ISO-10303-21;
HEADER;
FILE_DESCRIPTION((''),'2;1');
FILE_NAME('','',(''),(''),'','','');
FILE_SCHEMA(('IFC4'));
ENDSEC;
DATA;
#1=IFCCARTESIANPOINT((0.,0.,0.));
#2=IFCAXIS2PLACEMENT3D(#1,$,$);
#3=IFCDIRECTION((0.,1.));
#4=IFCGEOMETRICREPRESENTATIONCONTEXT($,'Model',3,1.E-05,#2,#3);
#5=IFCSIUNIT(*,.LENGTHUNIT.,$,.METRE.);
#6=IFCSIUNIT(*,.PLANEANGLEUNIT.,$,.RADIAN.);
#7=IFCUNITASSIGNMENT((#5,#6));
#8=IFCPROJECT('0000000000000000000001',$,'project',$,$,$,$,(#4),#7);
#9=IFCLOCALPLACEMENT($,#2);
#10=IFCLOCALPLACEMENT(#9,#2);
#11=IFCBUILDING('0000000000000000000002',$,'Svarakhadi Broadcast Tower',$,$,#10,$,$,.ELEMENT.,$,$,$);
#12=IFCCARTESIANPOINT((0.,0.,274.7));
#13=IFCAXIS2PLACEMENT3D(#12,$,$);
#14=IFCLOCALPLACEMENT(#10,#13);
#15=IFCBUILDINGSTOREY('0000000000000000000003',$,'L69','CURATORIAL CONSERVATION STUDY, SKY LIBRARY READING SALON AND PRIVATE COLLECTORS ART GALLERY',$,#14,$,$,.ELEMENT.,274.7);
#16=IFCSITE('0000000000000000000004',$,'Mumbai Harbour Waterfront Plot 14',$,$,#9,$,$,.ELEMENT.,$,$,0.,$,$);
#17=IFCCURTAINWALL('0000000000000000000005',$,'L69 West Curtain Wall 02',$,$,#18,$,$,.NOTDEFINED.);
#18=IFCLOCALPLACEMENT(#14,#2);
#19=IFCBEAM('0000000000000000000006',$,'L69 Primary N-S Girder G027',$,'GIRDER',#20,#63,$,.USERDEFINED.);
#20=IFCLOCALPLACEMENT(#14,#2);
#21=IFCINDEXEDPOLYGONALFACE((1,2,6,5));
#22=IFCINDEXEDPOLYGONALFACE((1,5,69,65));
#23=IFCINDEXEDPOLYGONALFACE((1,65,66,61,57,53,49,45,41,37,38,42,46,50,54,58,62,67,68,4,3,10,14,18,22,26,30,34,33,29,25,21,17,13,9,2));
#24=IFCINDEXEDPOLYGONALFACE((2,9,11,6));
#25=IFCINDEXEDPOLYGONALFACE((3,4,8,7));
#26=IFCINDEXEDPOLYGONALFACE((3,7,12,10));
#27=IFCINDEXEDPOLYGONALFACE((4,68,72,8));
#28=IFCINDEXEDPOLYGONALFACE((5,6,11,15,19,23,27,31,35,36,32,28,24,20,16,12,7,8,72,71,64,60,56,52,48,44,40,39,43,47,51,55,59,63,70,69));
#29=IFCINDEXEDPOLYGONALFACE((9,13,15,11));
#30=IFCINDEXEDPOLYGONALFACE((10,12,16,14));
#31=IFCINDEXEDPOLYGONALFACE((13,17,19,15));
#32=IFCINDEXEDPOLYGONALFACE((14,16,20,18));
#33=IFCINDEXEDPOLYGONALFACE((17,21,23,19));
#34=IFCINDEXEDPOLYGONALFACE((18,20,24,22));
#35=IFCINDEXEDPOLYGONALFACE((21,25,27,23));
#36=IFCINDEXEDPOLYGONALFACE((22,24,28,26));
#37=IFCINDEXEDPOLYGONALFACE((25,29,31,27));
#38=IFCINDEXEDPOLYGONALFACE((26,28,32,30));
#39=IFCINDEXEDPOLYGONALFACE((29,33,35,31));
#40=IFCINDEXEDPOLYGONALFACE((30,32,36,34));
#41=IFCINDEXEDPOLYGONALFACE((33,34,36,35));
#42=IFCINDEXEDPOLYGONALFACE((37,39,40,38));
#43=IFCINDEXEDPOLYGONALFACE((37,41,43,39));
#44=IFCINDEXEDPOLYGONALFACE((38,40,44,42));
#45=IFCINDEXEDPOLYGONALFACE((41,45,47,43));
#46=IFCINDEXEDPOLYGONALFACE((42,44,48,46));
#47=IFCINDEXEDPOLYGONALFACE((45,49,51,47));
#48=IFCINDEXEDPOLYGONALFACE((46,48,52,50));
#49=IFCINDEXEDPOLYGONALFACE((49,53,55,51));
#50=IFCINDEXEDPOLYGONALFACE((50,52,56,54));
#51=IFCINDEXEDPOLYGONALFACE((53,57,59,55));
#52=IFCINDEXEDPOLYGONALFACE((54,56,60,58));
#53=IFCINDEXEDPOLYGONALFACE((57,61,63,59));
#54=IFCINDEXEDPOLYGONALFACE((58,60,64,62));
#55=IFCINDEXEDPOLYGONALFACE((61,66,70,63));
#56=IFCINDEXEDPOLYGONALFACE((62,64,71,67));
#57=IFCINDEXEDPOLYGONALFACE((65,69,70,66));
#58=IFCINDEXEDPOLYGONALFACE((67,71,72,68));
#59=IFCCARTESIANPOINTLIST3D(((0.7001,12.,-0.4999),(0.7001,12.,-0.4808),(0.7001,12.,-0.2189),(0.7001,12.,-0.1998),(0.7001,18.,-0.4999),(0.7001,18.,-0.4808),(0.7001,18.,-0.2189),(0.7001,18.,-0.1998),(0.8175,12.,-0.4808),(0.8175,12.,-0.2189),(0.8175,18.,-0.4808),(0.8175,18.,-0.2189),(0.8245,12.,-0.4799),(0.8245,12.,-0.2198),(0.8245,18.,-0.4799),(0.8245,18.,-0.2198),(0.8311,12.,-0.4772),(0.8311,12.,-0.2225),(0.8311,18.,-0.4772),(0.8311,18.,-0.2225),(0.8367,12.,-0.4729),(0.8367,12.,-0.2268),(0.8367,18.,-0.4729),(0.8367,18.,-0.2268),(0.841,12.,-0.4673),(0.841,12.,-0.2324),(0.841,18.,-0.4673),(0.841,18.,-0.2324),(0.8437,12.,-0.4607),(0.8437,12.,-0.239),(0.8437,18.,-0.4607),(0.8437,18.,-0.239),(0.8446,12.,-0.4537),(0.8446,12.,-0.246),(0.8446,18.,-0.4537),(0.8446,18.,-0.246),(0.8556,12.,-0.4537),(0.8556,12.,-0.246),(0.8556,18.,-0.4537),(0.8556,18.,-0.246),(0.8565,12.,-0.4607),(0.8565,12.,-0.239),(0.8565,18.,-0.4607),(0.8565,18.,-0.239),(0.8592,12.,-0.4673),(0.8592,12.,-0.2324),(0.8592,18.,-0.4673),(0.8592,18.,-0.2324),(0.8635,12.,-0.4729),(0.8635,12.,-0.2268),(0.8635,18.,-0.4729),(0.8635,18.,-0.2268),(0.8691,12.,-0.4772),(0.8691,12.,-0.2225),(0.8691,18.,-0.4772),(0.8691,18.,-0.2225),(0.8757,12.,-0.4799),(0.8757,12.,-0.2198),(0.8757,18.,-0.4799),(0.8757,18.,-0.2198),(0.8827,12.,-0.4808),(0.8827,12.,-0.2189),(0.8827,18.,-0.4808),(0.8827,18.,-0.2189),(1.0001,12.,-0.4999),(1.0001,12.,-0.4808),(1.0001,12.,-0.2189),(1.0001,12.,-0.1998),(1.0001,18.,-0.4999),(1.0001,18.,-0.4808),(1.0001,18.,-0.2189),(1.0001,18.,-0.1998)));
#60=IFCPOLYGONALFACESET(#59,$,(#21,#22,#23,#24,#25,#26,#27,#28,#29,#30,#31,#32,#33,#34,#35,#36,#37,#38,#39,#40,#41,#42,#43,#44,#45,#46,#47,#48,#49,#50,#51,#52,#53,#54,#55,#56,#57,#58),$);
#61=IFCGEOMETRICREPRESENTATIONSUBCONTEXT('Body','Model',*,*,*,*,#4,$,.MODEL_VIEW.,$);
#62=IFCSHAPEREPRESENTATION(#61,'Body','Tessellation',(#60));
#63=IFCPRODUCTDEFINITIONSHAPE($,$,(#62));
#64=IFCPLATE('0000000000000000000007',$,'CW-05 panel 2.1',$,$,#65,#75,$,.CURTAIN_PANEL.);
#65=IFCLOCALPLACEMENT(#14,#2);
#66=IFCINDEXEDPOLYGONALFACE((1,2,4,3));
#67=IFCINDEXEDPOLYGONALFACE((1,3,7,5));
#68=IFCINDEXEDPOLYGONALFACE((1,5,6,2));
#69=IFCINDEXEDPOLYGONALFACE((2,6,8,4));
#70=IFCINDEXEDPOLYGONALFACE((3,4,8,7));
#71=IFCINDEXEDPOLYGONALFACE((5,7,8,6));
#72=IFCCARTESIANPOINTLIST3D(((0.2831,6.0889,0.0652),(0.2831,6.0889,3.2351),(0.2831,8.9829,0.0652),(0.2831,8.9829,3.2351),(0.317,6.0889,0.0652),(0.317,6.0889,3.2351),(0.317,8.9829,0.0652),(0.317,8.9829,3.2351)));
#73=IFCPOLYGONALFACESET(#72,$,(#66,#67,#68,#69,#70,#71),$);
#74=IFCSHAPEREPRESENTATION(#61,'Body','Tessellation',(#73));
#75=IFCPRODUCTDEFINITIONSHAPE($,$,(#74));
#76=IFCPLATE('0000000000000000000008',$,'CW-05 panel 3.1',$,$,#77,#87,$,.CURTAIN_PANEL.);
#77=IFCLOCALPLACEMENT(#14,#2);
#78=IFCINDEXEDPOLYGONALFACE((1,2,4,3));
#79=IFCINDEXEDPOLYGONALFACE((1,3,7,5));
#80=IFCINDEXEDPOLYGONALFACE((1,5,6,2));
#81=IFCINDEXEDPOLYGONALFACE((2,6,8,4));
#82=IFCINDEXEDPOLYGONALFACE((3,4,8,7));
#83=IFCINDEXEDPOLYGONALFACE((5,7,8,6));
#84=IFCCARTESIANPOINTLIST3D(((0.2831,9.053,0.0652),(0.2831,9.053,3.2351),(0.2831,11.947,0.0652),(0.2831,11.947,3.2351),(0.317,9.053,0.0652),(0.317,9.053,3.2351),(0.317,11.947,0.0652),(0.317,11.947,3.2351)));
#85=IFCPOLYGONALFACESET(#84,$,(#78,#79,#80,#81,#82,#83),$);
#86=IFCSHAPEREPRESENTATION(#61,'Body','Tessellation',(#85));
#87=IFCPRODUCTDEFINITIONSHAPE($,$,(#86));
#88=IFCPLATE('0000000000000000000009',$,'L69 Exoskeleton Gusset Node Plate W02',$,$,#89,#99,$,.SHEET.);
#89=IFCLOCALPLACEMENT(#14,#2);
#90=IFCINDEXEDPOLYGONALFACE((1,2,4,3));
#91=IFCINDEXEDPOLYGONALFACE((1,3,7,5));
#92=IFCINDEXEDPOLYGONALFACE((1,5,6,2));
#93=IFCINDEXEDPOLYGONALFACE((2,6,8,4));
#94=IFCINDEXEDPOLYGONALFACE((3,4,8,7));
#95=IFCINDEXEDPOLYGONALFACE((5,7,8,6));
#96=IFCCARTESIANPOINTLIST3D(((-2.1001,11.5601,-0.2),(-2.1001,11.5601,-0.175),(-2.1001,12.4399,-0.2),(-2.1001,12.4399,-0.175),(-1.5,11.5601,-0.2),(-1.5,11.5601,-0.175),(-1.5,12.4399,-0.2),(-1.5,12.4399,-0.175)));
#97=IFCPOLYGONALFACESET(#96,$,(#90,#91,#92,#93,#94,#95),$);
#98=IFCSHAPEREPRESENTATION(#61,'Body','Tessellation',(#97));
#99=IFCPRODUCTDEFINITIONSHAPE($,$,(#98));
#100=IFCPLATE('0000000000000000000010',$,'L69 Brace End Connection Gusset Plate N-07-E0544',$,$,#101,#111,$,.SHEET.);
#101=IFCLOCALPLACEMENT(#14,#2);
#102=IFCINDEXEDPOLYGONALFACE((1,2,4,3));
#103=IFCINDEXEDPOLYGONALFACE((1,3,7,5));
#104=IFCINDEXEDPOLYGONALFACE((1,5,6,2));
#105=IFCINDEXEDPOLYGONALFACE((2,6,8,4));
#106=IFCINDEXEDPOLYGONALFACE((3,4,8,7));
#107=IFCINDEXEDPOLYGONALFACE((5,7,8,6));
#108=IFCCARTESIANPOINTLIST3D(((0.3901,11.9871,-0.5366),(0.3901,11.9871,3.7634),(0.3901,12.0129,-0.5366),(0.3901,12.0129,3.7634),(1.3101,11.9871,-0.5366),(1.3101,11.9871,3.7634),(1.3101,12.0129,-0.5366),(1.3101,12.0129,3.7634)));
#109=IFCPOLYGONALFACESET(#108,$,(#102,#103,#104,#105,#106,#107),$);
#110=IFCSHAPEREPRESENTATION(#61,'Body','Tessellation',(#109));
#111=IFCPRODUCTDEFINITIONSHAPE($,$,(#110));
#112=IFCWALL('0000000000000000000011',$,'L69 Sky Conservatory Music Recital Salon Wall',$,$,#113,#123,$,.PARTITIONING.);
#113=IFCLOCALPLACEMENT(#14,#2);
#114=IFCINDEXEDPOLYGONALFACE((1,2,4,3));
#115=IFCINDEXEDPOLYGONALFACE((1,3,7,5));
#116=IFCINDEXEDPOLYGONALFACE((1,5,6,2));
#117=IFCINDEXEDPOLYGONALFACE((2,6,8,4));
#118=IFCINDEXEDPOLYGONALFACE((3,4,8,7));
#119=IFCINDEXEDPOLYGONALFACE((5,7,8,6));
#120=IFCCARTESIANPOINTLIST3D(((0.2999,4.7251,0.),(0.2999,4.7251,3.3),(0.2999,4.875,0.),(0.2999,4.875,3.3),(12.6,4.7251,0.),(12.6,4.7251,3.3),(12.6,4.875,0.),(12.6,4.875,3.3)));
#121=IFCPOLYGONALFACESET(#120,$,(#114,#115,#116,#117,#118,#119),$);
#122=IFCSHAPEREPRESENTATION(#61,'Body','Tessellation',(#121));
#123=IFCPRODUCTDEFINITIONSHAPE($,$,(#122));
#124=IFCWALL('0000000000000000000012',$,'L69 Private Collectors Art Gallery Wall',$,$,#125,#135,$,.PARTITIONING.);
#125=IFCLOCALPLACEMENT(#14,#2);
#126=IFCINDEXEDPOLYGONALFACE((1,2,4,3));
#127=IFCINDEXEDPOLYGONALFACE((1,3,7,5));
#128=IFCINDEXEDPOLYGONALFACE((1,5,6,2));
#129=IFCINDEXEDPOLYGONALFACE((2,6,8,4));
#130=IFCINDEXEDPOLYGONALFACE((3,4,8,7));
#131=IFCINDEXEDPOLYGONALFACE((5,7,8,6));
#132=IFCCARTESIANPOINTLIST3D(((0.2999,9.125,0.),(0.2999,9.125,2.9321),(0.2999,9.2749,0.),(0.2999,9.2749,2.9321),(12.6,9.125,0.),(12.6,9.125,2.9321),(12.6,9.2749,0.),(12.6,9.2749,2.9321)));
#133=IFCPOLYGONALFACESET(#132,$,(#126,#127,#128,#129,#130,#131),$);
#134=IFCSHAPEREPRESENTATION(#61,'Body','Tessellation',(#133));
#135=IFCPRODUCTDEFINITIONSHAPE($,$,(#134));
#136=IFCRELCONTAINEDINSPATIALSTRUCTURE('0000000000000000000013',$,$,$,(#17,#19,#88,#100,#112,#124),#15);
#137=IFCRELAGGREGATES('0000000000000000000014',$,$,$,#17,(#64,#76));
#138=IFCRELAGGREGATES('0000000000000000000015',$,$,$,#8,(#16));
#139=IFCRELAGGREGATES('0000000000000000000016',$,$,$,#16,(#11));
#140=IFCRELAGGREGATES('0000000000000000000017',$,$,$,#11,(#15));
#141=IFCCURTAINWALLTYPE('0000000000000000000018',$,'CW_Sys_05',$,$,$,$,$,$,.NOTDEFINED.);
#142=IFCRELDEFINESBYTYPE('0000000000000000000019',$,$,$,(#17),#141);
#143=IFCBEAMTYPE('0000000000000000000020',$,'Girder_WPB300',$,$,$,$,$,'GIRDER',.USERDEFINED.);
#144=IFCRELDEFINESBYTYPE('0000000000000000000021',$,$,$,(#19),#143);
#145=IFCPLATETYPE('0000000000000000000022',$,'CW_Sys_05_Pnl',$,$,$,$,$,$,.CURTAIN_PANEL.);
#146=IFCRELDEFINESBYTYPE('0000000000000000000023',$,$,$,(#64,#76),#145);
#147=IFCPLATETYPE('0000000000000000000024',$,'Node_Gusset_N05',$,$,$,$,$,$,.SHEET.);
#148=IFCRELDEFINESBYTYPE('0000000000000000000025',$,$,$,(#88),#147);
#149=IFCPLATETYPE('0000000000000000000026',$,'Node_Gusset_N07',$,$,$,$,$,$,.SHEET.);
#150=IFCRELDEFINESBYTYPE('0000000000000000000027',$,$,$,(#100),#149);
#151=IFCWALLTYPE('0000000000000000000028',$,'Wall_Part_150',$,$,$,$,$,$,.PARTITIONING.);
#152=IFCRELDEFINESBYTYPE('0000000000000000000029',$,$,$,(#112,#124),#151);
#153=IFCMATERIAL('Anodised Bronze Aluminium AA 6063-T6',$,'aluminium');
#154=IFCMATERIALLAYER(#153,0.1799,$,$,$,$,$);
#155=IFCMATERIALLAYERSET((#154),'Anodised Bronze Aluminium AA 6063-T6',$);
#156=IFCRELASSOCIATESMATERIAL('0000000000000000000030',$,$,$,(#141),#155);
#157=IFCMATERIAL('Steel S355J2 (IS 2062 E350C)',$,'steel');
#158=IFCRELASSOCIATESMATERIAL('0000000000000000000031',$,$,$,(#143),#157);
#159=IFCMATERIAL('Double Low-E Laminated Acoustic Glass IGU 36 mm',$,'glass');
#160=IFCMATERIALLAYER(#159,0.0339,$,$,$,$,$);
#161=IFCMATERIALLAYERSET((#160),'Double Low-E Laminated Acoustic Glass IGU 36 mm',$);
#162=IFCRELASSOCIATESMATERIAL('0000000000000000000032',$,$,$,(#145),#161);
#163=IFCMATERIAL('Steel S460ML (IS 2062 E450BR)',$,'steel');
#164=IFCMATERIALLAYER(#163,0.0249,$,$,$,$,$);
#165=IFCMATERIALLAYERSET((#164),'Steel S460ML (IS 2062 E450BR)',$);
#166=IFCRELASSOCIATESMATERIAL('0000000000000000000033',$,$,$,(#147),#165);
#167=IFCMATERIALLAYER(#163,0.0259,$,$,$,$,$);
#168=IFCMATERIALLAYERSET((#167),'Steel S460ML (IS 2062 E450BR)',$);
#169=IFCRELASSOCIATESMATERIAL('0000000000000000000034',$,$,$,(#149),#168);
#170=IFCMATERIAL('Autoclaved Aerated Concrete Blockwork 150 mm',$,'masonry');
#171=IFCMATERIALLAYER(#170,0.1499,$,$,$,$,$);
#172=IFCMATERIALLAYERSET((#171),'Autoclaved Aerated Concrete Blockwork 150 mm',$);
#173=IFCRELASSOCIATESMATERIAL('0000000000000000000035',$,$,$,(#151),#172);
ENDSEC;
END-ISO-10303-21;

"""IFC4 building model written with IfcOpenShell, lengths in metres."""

from ifc_helpers import new_model, si_unit, direction, frame, frame_2d, origin, origin_2d, place, context, subcontext, project, spatial, rectangle, i_section, extrude, material, layer, layer_set, material_profile, profile_set, type_object, element, aggregate, save


model = new_model("IFC4")

# Units and contexts
model_context = context("Model", 3, precision=1e-05, world=origin(), true_north=direction((0.0, 1.0)))
body_context = subcontext(model_context, "Body", "Model", "MODEL_VIEW")
ifc_project = project(units=[si_unit("LENGTHUNIT", "METRE"), si_unit("PLANEANGLEUNIT", "RADIAN")], contexts=[model_context])

# Site, building, storey
site_placement = place(None, origin())
site = spatial("IfcSite", under=ifc_project, at=site_placement, Name="Mumbai Harbour Waterfront Plot 14", CompositionType="ELEMENT", RefElevation=0.0)
building_placement = place(site_placement, origin())
building = spatial("IfcBuilding", under=site, at=building_placement, Name="Svarakhadi Broadcast Tower", CompositionType="ELEMENT")
storey_placement = place(building_placement, frame((0.0, 0.0, 274.7)))
storey = spatial("IfcBuildingStorey", under=building, at=storey_placement, Name="L69", Description="CURATORIAL CONSERVATION STUDY, SKY LIBRARY READING SALON AND PRIVATE COLLECTORS ART GALLERY", CompositionType="ELEMENT", Elevation=274.7)

# Shared definitions
ifc_material_1 = material(Name="Steel S460ML (IS 2062 E450BR)", Category="steel")

# Shared definitions
ifc_material_2 = material(Name="Steel S355J2 (IS 2062 E350C)", Category="steel")

# Curtain wall
ifc_material_3 = material(Name="Anodised Bronze Aluminium AA 6063-T6", Category="aluminium")
ifc_layer_1 = layer(ifc_material_3, 0.1799)
ifc_layer_set_1 = layer_set([ifc_layer_1], Name="Anodised Bronze Aluminium AA 6063-T6")
curtain_wall_type = type_object("IfcCurtainWallType", Name="CW_Sys_05", PredefinedType="NOTDEFINED", material=ifc_layer_set_1)
curtain_wall_placement = place(storey_placement, origin())
curtain_wall = element("IfcCurtainWall", 1, at=curtain_wall_placement, inside=storey, type_object=curtain_wall_type, Name="L69 West Curtain Wall 02", PredefinedType="NOTDEFINED")

# Beam
ifc_material_profile_1 = material_profile(ifc_material_2, i_section(OverallWidth=0.3, OverallDepth=0.3, WebThickness=0.011, FlangeThickness=0.019, FilletRadius=0.0271, at=origin_2d()), Name="WPB 300x300x117")
ifc_profile_set_1 = profile_set([ifc_material_profile_1], Name="Steel S355J2 (IS 2062 E350C)")
beam_type_1 = type_object("IfcBeamType", Name="Girder_WPB300", ElementType="GIRDER", PredefinedType="USERDEFINED", material=ifc_profile_set_1)
for number, where, z_axis, x_axis, name in (
    (2, (0.8501, 12.0, -0.3499), (0.0, 1.0, 0.0), (-1.0, 0.0, 0.0), "L69 Primary N-S Girder G027"),
):
    element("IfcBeam", number, at=place(storey_placement, frame(where, z_axis=z_axis, x_axis=x_axis)), inside=storey, type_object=beam_type_1, Name=name, ObjectType="GIRDER", PredefinedType="USERDEFINED", context=body_context, shape_type="SweptSolid", body=[
        extrude(i_section(OverallWidth=0.3, OverallDepth=0.3, WebThickness=0.011, FlangeThickness=0.019, FilletRadius=0.0271, at=origin_2d()), origin(), (0.0, 0.0, 1.0), 6.0),
    ])

# Plates
ifc_material_4 = material(Name="Double Low-E Laminated Acoustic Glass IGU 36 mm", Category="glass")
ifc_layer_2 = layer(ifc_material_4, 0.0339)
ifc_layer_set_2 = layer_set([ifc_layer_2], Name="Double Low-E Laminated Acoustic Glass IGU 36 mm")
plate_type_1 = type_object("IfcPlateType", Name="CW_Sys_05_Pnl", PredefinedType="CURTAIN_PANEL", material=ifc_layer_set_2)
plate_1_placement = place(storey_placement, frame((0.3, 7.5359, 0.0652), z_axis=(0.0, 0.0, 1.0), x_axis=(0.0, 1.0, 0.0)))
plate_1 = element("IfcPlate", 3, at=plate_1_placement, type_object=plate_type_1, Name="CW-05 panel 2.1", PredefinedType="CURTAIN_PANEL", context=body_context, shape_type="SweptSolid", body=[
    extrude(rectangle(XDim=2.894, YDim=0.0339, at=origin_2d()), origin(), (0.0, 0.0, 1.0), 3.1699),
])
plate_2_placement = place(storey_placement, frame((0.3, 10.5, 0.0652), z_axis=(0.0, 0.0, 1.0), x_axis=(0.0, 1.0, 0.0)))
plate_2 = element("IfcPlate", 4, at=plate_2_placement, type_object=plate_type_1, Name="CW-05 panel 3.1", PredefinedType="CURTAIN_PANEL", context=body_context, shape_type="SweptSolid", body=[
    extrude(rectangle(XDim=2.894, YDim=0.0339, at=origin_2d()), origin(), (0.0, 0.0, 1.0), 3.1699),
])
aggregate(curtain_wall, [plate_1, plate_2])

# Plates
ifc_layer_3 = layer(ifc_material_1, 0.0249)
ifc_layer_set_3 = layer_set([ifc_layer_3], Name="Steel S460ML (IS 2062 E450BR)")
plate_type_2 = type_object("IfcPlateType", Name="Node_Gusset_N05", PredefinedType="SHEET", material=ifc_layer_set_3)
plate_3_placement = place(storey_placement, frame((-1.8, 12.0, -0.2), z_axis=(0.0, 0.0, 1.0), x_axis=(0.0, 1.0, 0.0)))
element("IfcPlate", 5, at=plate_3_placement, inside=storey, type_object=plate_type_2, Name="L69 Exoskeleton Gusset Node Plate W02", PredefinedType="SHEET", context=body_context, shape_type="SweptSolid", body=[
    extrude(rectangle(XDim=0.8799, YDim=0.6001, at=origin_2d()), origin(), (0.0, 0.0, 1.0), 0.0249),
])
ifc_layer_4 = layer(ifc_material_1, 0.0259)
ifc_layer_set_4 = layer_set([ifc_layer_4], Name="Steel S460ML (IS 2062 E450BR)")
plate_type_3 = type_object("IfcPlateType", Name="Node_Gusset_N07", PredefinedType="SHEET", material=ifc_layer_set_4)
plate_4_placement = place(storey_placement, frame((0.8501, 12.0, -0.5366), z_axis=(0.0, 0.0, 1.0), x_axis=(1.0, 0.0, 0.0)))
element("IfcPlate", 6, at=plate_4_placement, inside=storey, type_object=plate_type_3, Name="L69 Brace End Connection Gusset Plate N-07-E0544", PredefinedType="SHEET", context=body_context, shape_type="SweptSolid", body=[
    extrude(rectangle(XDim=0.9199, YDim=0.0259, at=origin_2d()), origin(), (0.0, 0.0, 1.0), 4.3),
])

# Walls
ifc_material_5 = material(Name="Autoclaved Aerated Concrete Blockwork 150 mm", Category="masonry")
ifc_layer_5 = layer(ifc_material_5, 0.1499)
ifc_layer_set_5 = layer_set([ifc_layer_5], Name="Autoclaved Aerated Concrete Blockwork 150 mm")
wall_type = type_object("IfcWallType", Name="Wall_Part_150", PredefinedType="PARTITIONING", material=ifc_layer_set_5)
wall_1_placement = place(storey_placement, frame((0.3, 4.8, 0.0), z_axis=(0.0, 0.0, 1.0), x_axis=(1.0, 0.0, 0.0)))
element("IfcWall", 7, at=wall_1_placement, inside=storey, type_object=wall_type, Name="L69 Sky Conservatory Music Recital Salon Wall", PredefinedType="PARTITIONING", context=body_context, shape_type="SweptSolid", body=[
    extrude(rectangle(XDim=12.3, YDim=0.1499, at=frame_2d((6.1499, 0.0))), origin(), (0.0, 0.0, 1.0), 3.3),
])
wall_2_placement = place(storey_placement, frame((0.3, 9.2, 0.0), z_axis=(0.0, 0.0, 1.0), x_axis=(1.0, 0.0, 0.0)))
element("IfcWall", 8, at=wall_2_placement, inside=storey, type_object=wall_type, Name="L69 Private Collectors Art Gallery Wall", PredefinedType="PARTITIONING", context=body_context, shape_type="SweptSolid", body=[
    extrude(rectangle(XDim=12.3, YDim=0.1499, at=frame_2d((6.1499, 0.0))), origin(), (0.0, 0.0, 1.0), 2.9321),
])

save(model, "model.ifc")
